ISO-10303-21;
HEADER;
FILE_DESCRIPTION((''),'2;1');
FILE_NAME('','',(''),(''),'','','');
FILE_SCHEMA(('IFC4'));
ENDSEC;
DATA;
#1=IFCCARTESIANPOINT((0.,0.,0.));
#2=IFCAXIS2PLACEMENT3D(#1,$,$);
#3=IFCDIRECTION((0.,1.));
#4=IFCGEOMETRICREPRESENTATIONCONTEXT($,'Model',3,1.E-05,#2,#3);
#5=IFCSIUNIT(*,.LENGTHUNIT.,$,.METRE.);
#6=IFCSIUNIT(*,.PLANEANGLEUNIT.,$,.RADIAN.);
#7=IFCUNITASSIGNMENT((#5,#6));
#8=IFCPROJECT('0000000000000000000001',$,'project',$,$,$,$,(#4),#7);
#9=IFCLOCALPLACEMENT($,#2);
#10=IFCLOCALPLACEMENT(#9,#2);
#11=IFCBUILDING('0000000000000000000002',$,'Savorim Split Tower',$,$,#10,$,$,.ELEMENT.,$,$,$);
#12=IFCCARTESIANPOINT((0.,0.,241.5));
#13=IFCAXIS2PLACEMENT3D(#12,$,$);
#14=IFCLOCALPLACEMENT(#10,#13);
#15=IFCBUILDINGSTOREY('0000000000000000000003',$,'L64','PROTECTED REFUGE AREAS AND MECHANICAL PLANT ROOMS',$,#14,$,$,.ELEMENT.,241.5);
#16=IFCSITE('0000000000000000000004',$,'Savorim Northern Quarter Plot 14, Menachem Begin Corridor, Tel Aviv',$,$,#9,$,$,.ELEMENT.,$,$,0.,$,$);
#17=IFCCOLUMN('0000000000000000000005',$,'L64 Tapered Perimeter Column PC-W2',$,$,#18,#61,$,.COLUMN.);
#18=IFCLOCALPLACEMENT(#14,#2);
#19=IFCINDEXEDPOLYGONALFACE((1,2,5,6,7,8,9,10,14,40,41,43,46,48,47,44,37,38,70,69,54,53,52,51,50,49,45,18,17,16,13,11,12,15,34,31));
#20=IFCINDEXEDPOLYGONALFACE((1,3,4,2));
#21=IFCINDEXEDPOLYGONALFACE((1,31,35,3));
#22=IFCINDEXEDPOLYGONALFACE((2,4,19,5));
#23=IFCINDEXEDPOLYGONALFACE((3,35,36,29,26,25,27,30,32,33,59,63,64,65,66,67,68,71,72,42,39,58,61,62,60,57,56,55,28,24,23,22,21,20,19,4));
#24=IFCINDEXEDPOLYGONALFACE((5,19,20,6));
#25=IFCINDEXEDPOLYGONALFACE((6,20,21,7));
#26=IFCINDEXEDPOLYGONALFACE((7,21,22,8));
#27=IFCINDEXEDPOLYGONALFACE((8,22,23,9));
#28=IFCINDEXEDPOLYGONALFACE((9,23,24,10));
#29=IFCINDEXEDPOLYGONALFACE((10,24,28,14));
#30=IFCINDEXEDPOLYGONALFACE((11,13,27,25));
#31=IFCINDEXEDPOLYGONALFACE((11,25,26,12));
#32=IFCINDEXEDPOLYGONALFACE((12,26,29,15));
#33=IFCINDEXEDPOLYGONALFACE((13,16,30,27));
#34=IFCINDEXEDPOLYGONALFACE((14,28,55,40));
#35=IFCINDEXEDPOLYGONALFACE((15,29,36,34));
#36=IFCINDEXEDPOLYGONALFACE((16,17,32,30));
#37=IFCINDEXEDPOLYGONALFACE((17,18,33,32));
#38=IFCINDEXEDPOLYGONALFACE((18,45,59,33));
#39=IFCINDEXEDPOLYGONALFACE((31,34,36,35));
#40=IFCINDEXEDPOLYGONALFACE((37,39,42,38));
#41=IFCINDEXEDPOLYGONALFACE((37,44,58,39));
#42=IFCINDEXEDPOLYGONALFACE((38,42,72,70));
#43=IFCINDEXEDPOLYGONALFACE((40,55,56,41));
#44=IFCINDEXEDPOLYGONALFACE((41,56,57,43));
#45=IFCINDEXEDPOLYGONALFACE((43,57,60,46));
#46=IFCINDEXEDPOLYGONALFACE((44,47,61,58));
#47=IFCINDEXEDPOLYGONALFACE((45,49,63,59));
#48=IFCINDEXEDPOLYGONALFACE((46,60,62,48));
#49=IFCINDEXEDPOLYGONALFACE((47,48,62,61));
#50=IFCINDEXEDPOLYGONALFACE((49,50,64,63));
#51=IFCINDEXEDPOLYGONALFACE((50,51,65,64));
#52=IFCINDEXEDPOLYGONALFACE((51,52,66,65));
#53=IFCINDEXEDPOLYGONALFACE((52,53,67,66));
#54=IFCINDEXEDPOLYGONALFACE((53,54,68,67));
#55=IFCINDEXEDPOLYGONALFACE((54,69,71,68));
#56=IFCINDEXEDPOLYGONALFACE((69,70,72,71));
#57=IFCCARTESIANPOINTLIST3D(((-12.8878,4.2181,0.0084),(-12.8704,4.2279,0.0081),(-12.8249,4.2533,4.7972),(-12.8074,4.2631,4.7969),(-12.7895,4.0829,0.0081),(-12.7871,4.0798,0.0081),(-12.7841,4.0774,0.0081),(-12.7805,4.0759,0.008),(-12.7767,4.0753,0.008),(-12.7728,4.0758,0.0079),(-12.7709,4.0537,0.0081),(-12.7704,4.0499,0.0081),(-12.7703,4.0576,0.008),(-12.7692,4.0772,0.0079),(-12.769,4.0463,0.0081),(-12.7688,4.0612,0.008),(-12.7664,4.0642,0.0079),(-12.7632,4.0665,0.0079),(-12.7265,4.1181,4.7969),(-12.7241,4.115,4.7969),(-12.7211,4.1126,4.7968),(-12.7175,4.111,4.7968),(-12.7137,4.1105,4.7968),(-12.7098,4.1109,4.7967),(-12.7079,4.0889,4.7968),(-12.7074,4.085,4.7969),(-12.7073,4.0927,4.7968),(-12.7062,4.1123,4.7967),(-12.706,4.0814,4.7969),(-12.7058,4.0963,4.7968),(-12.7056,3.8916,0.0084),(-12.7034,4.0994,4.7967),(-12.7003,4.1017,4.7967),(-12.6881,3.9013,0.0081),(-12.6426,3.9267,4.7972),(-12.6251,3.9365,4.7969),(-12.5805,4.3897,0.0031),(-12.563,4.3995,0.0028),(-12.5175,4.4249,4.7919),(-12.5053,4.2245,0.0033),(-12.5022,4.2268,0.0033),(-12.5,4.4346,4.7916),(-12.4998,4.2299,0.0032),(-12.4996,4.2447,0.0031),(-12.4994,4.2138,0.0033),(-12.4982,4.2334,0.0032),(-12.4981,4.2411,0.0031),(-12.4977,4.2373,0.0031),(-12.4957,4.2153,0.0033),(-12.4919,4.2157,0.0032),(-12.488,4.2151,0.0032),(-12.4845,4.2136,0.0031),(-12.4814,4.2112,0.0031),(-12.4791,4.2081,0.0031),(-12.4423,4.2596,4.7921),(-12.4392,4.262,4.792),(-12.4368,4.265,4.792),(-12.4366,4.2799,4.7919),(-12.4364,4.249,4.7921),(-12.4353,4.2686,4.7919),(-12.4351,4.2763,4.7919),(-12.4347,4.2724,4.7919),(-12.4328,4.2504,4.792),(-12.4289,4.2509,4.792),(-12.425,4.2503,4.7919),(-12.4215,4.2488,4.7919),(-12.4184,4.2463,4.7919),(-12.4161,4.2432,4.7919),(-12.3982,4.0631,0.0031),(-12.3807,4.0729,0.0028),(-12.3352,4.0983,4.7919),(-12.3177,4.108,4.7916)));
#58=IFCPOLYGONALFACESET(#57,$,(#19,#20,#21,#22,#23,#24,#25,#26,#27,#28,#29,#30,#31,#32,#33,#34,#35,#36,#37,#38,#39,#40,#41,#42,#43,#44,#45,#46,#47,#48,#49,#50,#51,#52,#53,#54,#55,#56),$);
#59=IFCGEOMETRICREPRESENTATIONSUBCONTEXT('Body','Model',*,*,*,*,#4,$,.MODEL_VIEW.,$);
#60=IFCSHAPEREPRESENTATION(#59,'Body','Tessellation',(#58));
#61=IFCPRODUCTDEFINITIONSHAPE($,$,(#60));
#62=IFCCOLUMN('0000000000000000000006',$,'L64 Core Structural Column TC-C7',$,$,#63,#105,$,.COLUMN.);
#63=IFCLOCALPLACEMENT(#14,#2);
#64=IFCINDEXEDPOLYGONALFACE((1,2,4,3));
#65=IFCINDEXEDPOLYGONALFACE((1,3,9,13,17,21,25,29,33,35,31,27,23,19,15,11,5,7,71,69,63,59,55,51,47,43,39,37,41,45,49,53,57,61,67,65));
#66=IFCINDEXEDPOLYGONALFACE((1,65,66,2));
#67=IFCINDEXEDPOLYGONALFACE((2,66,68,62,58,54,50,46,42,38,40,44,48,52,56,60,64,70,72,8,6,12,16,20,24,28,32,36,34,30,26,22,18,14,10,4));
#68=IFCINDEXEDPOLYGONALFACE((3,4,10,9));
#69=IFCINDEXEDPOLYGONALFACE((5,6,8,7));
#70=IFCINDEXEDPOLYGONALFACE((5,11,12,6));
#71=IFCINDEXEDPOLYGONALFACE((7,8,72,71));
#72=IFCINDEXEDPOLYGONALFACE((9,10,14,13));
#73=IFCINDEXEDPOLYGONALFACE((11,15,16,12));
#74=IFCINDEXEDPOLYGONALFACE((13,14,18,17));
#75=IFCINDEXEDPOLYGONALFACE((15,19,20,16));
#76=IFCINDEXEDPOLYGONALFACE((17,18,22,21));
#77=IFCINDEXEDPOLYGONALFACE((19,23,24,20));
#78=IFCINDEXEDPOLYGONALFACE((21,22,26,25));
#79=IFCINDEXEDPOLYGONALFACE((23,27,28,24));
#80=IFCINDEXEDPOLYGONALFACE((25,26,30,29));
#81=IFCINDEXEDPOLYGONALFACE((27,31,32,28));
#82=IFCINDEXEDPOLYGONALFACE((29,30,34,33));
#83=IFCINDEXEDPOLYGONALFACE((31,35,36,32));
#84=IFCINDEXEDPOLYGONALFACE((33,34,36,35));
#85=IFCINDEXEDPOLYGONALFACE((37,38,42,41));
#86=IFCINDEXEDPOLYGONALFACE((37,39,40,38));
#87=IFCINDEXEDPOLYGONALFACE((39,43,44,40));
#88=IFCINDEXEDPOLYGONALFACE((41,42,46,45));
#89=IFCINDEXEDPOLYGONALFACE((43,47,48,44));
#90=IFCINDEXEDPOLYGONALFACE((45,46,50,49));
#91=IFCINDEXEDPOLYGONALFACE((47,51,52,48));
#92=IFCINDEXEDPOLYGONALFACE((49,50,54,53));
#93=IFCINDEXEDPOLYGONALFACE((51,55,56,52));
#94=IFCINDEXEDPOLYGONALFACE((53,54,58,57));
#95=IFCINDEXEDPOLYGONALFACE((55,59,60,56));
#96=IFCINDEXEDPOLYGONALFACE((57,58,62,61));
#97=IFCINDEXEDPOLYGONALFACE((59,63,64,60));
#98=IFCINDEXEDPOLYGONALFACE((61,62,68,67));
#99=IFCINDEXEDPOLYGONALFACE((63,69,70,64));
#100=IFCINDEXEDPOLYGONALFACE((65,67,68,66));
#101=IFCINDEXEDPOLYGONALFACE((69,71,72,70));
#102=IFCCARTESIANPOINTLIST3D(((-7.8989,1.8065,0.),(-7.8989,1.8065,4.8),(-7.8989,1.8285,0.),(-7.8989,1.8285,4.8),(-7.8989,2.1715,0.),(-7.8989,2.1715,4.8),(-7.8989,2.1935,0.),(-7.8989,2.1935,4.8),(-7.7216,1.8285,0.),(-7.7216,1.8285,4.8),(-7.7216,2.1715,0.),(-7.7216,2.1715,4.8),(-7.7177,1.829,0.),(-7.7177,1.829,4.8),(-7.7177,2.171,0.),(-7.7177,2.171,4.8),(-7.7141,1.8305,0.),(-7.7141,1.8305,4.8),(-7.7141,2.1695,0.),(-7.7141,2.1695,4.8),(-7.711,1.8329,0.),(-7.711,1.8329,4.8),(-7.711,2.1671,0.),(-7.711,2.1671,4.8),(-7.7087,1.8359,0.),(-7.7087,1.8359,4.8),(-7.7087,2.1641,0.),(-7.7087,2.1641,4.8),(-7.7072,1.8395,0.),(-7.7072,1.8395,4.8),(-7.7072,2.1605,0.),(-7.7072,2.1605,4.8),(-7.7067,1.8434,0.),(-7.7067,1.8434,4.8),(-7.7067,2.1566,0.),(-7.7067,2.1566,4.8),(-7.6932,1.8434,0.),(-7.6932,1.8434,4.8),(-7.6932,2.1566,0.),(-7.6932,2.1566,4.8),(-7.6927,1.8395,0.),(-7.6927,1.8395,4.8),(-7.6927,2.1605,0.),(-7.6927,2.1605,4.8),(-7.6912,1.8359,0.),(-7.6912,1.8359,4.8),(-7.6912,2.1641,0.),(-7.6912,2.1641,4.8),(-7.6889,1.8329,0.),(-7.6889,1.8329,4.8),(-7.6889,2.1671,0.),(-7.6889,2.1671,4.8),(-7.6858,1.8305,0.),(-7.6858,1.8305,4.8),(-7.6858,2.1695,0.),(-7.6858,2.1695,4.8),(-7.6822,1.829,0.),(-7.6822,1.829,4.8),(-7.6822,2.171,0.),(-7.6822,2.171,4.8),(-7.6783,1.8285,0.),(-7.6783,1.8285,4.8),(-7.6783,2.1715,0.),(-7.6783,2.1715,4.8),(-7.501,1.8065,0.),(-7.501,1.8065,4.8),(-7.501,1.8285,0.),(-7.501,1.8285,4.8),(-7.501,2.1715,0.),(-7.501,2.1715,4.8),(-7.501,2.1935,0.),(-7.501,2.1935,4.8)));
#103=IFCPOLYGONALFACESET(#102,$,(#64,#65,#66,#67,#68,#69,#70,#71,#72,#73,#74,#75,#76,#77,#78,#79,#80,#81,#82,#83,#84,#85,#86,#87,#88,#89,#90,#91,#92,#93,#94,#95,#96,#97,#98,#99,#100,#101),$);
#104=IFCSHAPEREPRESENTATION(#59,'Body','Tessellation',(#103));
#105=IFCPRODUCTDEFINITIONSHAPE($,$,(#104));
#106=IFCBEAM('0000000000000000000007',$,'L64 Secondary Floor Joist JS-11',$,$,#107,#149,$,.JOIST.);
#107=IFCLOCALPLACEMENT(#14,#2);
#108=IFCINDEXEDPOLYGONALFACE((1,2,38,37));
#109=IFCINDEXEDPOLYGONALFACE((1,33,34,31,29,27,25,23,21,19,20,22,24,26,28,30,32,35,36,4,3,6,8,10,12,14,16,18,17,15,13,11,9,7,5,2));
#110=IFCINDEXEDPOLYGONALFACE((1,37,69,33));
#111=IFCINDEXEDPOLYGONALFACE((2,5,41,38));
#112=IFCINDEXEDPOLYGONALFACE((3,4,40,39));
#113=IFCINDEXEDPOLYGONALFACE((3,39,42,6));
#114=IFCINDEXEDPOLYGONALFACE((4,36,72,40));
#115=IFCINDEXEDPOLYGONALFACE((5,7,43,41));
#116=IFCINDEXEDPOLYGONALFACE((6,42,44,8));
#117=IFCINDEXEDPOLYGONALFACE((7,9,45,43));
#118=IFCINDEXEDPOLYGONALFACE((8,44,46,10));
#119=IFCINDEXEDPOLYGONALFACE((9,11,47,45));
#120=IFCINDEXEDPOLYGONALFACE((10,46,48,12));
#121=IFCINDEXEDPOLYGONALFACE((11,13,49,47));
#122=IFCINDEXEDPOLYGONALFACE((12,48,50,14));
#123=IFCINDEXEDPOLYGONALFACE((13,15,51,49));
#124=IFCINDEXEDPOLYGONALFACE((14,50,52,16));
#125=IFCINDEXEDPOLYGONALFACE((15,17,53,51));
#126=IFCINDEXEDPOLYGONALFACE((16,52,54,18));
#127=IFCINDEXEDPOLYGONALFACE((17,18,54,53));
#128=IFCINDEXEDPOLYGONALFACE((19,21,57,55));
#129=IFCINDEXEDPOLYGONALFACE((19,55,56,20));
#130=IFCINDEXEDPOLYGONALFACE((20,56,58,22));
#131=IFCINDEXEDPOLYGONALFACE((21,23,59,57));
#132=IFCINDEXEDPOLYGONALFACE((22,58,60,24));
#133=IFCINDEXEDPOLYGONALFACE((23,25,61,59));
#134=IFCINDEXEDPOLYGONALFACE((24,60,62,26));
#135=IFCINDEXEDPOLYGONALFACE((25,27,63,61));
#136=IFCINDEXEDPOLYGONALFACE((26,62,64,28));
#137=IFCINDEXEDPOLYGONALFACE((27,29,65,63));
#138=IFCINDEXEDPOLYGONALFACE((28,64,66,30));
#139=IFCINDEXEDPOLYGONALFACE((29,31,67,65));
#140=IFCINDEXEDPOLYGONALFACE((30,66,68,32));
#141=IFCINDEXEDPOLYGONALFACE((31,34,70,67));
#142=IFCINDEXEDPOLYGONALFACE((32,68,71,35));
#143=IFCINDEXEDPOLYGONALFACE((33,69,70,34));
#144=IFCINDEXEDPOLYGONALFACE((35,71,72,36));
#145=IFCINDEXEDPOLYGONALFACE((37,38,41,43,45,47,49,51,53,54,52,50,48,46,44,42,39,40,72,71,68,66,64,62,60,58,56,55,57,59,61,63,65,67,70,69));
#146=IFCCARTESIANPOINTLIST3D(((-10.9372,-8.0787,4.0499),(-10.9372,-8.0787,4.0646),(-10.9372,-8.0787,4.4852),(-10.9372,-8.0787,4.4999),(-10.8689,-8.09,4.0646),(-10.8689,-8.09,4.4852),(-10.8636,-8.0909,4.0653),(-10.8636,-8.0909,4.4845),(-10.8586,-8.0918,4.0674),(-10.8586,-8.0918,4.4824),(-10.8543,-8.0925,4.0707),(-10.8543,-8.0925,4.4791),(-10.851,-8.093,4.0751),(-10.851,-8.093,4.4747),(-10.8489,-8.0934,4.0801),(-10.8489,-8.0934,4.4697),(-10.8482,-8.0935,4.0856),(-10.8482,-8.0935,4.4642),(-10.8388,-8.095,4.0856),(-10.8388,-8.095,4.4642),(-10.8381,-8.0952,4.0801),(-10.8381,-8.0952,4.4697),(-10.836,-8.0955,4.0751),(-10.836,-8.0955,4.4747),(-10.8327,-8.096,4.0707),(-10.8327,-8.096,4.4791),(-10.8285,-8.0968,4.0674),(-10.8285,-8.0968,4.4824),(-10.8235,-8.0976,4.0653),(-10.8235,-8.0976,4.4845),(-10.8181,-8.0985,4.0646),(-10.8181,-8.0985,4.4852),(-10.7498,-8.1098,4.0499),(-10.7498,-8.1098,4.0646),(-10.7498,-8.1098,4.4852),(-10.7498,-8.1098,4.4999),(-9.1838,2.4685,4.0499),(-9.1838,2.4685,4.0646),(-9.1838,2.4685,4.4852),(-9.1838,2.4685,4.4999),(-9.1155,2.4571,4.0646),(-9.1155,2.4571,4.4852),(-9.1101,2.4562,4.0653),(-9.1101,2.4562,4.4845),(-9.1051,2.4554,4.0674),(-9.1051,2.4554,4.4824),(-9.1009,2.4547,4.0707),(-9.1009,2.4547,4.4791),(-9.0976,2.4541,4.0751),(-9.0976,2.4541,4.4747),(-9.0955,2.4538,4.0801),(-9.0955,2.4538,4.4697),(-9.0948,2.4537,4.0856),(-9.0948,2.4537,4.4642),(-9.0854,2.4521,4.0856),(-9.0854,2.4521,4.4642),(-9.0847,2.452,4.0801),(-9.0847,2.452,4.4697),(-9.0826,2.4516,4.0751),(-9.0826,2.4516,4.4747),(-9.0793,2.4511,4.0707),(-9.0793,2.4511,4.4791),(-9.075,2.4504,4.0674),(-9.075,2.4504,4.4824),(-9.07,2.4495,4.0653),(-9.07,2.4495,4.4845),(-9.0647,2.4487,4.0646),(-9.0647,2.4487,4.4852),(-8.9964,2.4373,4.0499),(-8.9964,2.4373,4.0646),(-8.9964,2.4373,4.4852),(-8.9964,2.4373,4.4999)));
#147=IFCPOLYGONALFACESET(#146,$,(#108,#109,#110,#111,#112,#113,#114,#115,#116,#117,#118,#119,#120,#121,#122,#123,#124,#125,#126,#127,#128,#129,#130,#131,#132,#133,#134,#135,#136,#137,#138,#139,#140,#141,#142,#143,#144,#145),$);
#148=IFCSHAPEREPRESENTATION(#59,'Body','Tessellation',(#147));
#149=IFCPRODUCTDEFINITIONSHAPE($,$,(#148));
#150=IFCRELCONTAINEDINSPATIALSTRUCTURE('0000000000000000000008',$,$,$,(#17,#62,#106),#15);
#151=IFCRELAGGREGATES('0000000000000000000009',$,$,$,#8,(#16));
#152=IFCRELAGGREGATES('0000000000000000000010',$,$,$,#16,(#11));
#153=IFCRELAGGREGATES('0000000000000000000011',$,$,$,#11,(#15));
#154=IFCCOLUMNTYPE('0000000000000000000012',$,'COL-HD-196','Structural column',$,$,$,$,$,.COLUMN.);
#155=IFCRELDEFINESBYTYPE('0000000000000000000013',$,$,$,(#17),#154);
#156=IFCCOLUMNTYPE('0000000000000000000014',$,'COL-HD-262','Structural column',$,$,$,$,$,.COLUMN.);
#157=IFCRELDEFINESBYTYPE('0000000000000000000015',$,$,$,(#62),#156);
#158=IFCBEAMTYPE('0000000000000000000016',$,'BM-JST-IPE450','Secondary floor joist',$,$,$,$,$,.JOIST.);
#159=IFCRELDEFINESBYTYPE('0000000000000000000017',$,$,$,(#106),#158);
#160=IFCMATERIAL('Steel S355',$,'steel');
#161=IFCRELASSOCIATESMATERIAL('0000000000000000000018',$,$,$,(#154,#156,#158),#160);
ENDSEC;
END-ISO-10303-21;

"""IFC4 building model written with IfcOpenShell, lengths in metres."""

from ifc_helpers import new_model, si_unit, direction, frame, origin, origin_2d, place, context, subcontext, project, spatial, i_section, extrude, material, material_profile, profile_set, type_object, element, save


model = new_model("IFC4")

# Units and contexts
model_context = context("Model", 3, precision=1e-05, world=origin(), true_north=direction((0.0, 1.0)))
body_context = subcontext(model_context, "Body", "Model", "MODEL_VIEW")
ifc_project = project(units=[si_unit("LENGTHUNIT", "METRE"), si_unit("PLANEANGLEUNIT", "RADIAN")], contexts=[model_context])

# Site, building, storey
site_placement = place(None, origin())
site = spatial("IfcSite", under=ifc_project, at=site_placement, Name="Savorim Northern Quarter Plot 14, Menachem Begin Corridor, Tel Aviv", CompositionType="ELEMENT", RefElevation=0.0)
building_placement = place(site_placement, origin())
building = spatial("IfcBuilding", under=site, at=building_placement, Name="Savorim Split Tower", CompositionType="ELEMENT")
storey_placement = place(building_placement, frame((0.0, 0.0, 241.5)))
storey = spatial("IfcBuildingStorey", under=building, at=storey_placement, Name="L64", Description="PROTECTED REFUGE AREAS AND MECHANICAL PLANT ROOMS", CompositionType="ELEMENT", Elevation=241.5)

# Columns
ifc_material_1 = material(Name="Steel S355", Category="steel")
ifc_material_profile_1 = material_profile(ifc_material_1, i_section(OverallWidth=0.374, OverallDepth=0.3721, WebThickness=0.0122, FlangeThickness=0.02, FilletRadius=0.0149, at=origin_2d()), Name="HD 360x196")
ifc_profile_set_1 = profile_set([ifc_material_profile_1], Name="Steel S355")
column_type_1 = type_object("IfcColumnType", Name="COL-HD-196", Description="Structural column", PredefinedType="COLUMN", material=ifc_profile_set_1)
column_1_placement = place(storey_placement, frame((-12.6343, 4.1455, 0.0056), z_axis=(0.013152, 0.00734, 0.999887), x_axis=(-0.487366, 0.873198, 0.0)))
element("IfcColumn", 1, at=column_1_placement, inside=storey, type_object=column_type_1, Name="L64 Tapered Perimeter Column PC-W2", PredefinedType="COLUMN", context=body_context, shape_type="SweptSolid", body=[
    extrude(i_section(OverallWidth=0.374, OverallDepth=0.3721, WebThickness=0.0122, FlangeThickness=0.02, FilletRadius=0.0149, at=origin_2d()), origin(), (0.0, 0.0, 1.0), 4.7893),
])
ifc_material_profile_2 = material_profile(ifc_material_1, i_section(OverallWidth=0.3979, OverallDepth=0.387, WebThickness=0.0134, FlangeThickness=0.022, FilletRadius=0.0149, at=origin_2d()), Name="HD 400x262")
ifc_profile_set_2 = profile_set([ifc_material_profile_2], Name="Steel S355")
column_type_2 = type_object("IfcColumnType", Name="COL-HD-262", Description="Structural column", PredefinedType="COLUMN", material=ifc_profile_set_2)
column_2_placement = place(storey_placement, frame((-7.7, 2.0, 0.0), z_axis=(0.0, 0.0, 1.0), x_axis=(1.0, 0.0, 0.0)))
element("IfcColumn", 2, at=column_2_placement, inside=storey, type_object=column_type_2, Name="L64 Core Structural Column TC-C7", PredefinedType="COLUMN", context=body_context, shape_type="SweptSolid", body=[
    extrude(i_section(OverallWidth=0.3979, OverallDepth=0.387, WebThickness=0.0134, FlangeThickness=0.022, FilletRadius=0.0149, at=origin_2d()), origin(), (0.0, 0.0, 1.0), 4.8),
])

# Beam
ifc_material_profile_3 = material_profile(ifc_material_1, i_section(OverallWidth=0.1899, OverallDepth=0.45, WebThickness=0.0095, FlangeThickness=0.0146, FilletRadius=0.021, at=origin_2d()), Name="IPE 450")
ifc_profile_set_3 = profile_set([ifc_material_profile_3], Name="Steel S355")
beam_type_1 = type_object("IfcBeamType", Name="BM-JST-IPE450", Description="Secondary floor joist", PredefinedType="JOIST", material=ifc_profile_set_3)
beam_1_placement = place(storey_placement, frame((-9.0901, 2.4529, 4.2749), z_axis=(-0.163995, -0.986461, 0.0), x_axis=(0.986461, -0.163995, 0.0)))
element("IfcBeam", 3, at=beam_1_placement, inside=storey, type_object=beam_type_1, Name="L64 Secondary Floor Joist JS-11", PredefinedType="JOIST", context=body_context, shape_type="SweptSolid", body=[
    extrude(i_section(OverallWidth=0.1899, OverallDepth=0.45, WebThickness=0.0095, FlangeThickness=0.0146, FilletRadius=0.021, at=origin_2d()), origin(), (0.0, 0.0, 1.0), 10.6919),
])

save(model, "model.ifc")
